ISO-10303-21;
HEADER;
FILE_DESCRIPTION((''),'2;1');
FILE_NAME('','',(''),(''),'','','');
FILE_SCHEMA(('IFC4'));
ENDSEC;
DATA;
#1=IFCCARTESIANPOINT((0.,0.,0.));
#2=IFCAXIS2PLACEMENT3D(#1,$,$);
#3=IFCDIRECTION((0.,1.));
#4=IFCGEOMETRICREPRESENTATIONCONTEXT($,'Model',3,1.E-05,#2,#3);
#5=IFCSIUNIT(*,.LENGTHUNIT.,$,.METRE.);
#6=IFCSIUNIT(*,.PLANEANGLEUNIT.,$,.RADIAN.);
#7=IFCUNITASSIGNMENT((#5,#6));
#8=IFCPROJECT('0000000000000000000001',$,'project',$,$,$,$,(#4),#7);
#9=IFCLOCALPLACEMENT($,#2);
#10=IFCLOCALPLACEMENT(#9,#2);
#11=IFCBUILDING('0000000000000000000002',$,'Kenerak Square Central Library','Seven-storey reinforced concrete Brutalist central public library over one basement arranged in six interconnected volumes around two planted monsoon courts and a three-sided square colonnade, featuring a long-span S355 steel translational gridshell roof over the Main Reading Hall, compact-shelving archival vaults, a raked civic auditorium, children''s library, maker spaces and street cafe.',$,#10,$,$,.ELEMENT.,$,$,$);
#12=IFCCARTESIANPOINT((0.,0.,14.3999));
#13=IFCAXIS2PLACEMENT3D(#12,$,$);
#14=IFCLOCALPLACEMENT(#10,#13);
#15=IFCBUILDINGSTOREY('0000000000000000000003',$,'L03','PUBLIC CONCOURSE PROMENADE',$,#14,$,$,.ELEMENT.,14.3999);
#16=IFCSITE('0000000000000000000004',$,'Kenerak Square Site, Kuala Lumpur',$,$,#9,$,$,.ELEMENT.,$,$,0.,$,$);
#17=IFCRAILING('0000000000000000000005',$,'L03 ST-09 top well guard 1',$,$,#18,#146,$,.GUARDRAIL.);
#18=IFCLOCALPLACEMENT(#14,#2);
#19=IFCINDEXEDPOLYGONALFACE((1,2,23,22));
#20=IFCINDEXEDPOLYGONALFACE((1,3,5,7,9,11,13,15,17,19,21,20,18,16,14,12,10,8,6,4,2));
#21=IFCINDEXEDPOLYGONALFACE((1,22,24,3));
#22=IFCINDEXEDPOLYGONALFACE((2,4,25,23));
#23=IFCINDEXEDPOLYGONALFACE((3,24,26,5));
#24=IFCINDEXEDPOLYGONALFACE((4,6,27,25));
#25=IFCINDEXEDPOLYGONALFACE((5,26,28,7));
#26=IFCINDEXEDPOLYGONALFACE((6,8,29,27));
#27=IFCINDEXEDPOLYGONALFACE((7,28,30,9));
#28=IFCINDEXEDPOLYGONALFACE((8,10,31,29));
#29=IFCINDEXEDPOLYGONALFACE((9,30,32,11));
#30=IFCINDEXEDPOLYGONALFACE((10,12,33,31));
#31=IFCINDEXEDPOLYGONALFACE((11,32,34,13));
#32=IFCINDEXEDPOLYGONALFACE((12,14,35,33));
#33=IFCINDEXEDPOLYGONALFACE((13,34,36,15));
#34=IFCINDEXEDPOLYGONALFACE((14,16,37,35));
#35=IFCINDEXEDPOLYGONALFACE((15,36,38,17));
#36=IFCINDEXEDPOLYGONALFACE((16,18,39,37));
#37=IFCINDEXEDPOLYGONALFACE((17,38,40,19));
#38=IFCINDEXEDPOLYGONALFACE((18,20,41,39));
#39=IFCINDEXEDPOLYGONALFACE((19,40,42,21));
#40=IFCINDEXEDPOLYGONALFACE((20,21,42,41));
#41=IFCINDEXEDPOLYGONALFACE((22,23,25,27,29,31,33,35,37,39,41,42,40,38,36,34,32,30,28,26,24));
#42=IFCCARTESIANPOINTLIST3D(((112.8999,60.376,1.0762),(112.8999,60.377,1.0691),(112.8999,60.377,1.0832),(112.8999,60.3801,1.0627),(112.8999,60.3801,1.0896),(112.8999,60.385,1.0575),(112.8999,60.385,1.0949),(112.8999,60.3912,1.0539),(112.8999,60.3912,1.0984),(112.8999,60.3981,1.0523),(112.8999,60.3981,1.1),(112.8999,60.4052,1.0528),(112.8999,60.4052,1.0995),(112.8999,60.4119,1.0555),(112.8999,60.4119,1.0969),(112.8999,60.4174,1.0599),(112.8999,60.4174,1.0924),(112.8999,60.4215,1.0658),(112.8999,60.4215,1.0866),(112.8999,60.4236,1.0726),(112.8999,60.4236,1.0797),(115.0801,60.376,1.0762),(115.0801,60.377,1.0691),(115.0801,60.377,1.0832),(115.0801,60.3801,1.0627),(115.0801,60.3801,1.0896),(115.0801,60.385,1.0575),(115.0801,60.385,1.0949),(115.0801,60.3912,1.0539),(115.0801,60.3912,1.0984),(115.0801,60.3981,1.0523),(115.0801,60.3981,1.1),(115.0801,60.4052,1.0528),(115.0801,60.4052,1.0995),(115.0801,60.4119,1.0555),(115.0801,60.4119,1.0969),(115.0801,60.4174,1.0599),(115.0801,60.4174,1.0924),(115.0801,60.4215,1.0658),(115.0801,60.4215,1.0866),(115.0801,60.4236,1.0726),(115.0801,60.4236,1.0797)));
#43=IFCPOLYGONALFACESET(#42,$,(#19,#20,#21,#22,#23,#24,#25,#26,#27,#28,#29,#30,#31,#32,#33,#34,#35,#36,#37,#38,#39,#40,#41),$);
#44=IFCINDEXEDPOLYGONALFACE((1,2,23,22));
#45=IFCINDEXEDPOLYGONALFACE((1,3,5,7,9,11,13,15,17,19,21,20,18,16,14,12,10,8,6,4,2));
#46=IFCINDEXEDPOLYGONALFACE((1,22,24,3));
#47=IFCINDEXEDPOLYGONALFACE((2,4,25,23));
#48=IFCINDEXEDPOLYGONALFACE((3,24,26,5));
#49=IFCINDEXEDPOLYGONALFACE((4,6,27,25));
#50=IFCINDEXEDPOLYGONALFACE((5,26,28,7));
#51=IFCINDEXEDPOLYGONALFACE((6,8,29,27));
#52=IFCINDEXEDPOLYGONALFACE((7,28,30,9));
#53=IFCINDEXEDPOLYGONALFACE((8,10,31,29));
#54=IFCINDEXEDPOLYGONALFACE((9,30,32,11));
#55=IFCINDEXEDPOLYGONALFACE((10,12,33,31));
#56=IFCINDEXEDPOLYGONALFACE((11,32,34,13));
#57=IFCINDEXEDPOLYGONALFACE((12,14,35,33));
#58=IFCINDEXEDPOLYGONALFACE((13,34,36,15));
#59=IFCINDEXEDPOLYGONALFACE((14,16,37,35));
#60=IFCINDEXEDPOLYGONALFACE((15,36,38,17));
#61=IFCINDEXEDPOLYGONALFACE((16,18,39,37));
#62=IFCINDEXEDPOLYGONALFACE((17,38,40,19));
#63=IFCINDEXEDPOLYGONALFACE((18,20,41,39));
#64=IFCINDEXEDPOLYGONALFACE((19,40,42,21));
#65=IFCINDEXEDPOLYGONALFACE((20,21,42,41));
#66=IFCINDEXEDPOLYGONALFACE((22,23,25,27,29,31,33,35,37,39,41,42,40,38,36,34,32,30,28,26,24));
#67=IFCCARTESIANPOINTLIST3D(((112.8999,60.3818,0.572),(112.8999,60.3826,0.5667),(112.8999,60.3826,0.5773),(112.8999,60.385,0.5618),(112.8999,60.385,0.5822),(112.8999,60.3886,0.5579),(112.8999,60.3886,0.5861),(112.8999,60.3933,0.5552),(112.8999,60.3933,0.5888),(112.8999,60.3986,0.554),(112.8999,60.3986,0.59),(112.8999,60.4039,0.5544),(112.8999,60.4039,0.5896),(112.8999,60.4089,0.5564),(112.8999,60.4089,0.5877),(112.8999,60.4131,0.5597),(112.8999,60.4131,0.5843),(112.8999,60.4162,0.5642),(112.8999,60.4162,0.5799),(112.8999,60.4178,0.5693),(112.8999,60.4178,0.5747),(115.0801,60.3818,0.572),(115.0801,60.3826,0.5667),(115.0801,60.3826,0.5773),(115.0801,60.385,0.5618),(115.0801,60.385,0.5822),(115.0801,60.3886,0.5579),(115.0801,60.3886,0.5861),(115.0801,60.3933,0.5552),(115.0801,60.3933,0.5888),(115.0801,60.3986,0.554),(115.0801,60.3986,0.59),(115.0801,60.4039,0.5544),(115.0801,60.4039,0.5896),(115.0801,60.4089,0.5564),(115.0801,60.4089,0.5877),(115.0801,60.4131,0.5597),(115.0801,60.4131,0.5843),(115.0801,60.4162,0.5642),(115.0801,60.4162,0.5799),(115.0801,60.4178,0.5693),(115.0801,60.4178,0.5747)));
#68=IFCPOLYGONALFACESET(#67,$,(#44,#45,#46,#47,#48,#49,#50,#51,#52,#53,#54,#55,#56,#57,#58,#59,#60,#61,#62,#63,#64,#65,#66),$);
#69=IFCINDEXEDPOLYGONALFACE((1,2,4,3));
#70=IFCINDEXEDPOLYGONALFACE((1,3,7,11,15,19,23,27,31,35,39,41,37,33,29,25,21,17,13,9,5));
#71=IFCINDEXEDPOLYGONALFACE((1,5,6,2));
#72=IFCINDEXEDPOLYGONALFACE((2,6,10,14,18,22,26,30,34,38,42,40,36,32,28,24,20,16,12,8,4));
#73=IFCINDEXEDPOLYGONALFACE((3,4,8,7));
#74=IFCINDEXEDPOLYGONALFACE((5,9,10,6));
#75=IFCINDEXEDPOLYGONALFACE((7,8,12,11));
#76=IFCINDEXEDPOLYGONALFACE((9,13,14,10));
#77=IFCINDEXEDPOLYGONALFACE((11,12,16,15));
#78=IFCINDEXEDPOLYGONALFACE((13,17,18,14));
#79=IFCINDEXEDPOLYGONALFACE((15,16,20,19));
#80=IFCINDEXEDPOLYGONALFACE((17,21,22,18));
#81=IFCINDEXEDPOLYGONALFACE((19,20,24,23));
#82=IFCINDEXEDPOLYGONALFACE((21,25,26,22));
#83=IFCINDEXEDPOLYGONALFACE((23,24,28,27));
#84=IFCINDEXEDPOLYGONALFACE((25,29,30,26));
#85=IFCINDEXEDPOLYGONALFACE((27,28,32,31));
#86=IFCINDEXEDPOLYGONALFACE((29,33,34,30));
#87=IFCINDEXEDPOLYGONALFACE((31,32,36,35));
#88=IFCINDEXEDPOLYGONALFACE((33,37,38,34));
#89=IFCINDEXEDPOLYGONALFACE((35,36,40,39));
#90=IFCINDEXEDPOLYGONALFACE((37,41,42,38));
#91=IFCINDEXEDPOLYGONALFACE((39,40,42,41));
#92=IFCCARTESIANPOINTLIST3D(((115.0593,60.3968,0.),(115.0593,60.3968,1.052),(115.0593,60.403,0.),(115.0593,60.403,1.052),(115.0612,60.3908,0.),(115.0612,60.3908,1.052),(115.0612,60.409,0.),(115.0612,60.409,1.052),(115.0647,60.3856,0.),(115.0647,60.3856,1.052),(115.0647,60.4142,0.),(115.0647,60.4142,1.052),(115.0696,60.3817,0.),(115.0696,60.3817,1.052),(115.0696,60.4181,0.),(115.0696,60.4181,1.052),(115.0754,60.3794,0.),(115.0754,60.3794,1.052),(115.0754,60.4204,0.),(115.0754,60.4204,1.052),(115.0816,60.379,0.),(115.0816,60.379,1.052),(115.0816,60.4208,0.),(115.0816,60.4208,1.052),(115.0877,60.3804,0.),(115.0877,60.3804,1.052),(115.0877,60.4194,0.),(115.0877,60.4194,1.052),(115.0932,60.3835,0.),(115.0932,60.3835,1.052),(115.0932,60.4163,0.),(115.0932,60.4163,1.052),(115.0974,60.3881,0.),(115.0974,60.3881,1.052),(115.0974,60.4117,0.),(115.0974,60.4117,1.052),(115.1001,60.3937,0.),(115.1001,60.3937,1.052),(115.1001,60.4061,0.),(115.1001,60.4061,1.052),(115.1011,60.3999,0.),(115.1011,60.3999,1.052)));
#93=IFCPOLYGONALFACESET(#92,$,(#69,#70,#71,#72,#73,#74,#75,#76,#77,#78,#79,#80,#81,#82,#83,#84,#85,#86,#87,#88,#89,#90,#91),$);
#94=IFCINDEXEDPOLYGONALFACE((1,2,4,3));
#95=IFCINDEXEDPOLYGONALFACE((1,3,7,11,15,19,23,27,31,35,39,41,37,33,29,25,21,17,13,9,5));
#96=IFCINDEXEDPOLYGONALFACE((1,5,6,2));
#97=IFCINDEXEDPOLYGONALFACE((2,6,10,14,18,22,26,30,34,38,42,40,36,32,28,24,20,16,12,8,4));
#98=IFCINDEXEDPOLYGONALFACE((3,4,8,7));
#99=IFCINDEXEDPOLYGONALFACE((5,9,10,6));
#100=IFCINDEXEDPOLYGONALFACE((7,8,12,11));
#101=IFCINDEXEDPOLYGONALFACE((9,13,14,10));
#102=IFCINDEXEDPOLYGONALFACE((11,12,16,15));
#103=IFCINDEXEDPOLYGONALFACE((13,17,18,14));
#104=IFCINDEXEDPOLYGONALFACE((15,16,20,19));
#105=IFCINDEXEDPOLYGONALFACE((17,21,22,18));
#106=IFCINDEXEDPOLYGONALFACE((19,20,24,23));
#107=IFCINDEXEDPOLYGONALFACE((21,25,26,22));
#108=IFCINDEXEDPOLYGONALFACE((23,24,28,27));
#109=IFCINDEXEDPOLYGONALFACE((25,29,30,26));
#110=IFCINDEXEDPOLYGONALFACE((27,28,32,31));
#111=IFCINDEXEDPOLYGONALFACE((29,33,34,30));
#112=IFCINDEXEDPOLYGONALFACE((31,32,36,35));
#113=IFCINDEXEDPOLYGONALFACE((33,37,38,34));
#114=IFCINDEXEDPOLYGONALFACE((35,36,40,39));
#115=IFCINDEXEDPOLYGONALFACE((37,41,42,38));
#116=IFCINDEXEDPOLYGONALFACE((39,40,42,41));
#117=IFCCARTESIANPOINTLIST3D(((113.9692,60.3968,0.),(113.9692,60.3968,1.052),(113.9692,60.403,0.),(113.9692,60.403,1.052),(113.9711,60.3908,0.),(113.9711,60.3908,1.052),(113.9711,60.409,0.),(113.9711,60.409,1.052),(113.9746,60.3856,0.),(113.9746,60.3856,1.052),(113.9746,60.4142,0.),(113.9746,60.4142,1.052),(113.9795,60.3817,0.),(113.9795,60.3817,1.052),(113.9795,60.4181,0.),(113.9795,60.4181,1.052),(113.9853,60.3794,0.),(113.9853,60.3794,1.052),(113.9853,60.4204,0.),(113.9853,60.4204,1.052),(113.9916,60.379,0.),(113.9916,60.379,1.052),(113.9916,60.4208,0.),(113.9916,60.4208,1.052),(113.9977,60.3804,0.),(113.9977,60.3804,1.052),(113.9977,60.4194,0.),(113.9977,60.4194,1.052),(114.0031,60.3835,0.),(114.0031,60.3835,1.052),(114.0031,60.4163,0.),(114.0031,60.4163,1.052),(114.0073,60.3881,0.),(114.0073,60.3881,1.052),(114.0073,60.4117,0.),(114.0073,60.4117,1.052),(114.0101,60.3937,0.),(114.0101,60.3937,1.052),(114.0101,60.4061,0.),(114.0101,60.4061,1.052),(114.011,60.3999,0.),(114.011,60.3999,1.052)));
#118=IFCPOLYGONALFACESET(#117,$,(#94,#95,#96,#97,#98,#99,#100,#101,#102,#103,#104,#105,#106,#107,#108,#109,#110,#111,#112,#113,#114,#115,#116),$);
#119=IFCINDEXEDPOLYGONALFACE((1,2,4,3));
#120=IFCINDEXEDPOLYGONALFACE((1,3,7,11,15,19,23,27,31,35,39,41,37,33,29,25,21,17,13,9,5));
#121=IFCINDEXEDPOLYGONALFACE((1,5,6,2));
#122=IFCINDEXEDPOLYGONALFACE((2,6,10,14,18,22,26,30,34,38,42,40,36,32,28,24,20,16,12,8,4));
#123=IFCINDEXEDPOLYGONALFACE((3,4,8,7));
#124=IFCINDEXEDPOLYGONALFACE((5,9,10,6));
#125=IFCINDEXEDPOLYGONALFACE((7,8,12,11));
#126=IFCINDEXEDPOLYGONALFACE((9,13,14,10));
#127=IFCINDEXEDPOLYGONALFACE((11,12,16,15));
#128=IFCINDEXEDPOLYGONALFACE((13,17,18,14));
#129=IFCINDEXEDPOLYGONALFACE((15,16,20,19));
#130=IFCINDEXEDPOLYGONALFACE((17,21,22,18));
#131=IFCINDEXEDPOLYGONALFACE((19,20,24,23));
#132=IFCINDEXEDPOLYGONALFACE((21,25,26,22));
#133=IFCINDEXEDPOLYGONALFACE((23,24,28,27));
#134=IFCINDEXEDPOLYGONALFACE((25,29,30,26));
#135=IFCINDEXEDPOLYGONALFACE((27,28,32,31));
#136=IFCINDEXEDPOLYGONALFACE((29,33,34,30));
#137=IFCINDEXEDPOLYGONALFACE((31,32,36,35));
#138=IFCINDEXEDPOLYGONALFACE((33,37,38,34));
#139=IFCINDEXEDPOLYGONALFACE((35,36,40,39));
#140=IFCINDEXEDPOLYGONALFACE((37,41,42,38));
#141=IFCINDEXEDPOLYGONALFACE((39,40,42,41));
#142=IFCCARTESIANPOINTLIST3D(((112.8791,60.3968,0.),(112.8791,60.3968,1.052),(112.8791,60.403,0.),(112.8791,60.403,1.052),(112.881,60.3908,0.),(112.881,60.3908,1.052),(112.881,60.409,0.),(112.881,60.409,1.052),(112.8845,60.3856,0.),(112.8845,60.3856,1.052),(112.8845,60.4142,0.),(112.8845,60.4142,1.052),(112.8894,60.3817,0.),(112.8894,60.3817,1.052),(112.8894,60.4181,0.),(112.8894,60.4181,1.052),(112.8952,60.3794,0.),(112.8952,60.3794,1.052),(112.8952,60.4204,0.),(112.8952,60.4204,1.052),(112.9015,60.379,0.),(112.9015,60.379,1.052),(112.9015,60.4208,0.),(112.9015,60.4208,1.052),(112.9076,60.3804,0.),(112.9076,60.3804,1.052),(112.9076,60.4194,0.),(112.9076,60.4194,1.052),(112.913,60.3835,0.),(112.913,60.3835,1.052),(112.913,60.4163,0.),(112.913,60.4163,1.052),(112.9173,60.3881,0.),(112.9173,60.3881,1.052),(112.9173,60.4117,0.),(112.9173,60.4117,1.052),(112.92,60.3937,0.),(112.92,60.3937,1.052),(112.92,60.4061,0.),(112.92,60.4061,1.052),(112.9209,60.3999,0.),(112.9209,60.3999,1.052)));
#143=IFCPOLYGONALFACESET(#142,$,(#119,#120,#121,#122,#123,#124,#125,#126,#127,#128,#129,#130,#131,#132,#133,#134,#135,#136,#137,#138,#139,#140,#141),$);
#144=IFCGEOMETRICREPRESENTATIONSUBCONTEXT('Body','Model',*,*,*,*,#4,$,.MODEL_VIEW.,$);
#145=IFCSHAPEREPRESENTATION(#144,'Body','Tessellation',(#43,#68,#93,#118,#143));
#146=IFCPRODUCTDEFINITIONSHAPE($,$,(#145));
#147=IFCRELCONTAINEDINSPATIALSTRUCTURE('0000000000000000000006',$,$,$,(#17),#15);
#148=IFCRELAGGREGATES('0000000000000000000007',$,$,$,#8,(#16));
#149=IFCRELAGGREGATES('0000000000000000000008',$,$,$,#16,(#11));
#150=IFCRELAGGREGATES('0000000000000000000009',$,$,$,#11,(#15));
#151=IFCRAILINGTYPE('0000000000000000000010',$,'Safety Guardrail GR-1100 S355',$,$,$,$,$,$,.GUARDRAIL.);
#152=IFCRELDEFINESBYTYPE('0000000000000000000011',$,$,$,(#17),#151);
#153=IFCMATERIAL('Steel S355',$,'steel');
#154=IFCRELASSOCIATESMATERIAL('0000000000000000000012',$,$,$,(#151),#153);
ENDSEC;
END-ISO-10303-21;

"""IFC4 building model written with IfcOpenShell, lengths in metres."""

from ifc_helpers import new_model, si_unit, direction, frame, origin, origin_2d, place, context, subcontext, project, spatial, circle, extrude, material, type_object, element, save


model = new_model("IFC4")

# Units and contexts
model_context = context("Model", 3, precision=1e-05, world=origin(), true_north=direction((0.0, 1.0)))
body_context = subcontext(model_context, "Body", "Model", "MODEL_VIEW")
ifc_project = project(units=[si_unit("LENGTHUNIT", "METRE"), si_unit("PLANEANGLEUNIT", "RADIAN")], contexts=[model_context])

# Site, building, storey
site_placement = place(None, origin())
site = spatial("IfcSite", under=ifc_project, at=site_placement, Name="Kenerak Square Site, Kuala Lumpur", CompositionType="ELEMENT", RefElevation=0.0)
building_placement = place(site_placement, origin())
building = spatial("IfcBuilding", under=site, at=building_placement, Name="Kenerak Square Central Library", Description="Seven-storey reinforced concrete Brutalist central public library over one basement arranged in six interconnected volumes around two planted monsoon courts and a three-sided square colonnade, featuring a long-span S355 steel translational gridshell roof over the Main Reading Hall, compact-shelving archival vaults, a raked civic auditorium, children's library, maker spaces and street cafe.", CompositionType="ELEMENT")
storey_placement = place(building_placement, frame((0.0, 0.0, 14.3999)))
storey = spatial("IfcBuildingStorey", under=building, at=storey_placement, Name="L03", Description="PUBLIC CONCOURSE PROMENADE", CompositionType="ELEMENT", Elevation=14.3999)

# Railing
ifc_material_1 = material(Name="Steel S355", Category="steel")
railing_type = type_object("IfcRailingType", Name="Safety Guardrail GR-1100 S355", PredefinedType="GUARDRAIL", material=ifc_material_1)
railing_1_placement = place(storey_placement, frame((115.0801, 60.3999, 0.0)))
element("IfcRailing", 1, at=railing_1_placement, inside=storey, type_object=railing_type, Name="L03 ST-09 top well guard 1", PredefinedType="GUARDRAIL", context=body_context, shape_type="SweptSolid", body=[
    extrude(circle(Radius=0.0239, at=origin_2d()), frame((0.0, 0.0, 1.0762), z_axis=(-1.0, 0.0, 0.0), x_axis=(0.0, -1.0, 0.0)), (0.0, 0.0, 1.0), 2.1802),
    extrude(circle(Radius=0.0181, at=origin_2d()), frame((0.0, 0.0, 0.572), z_axis=(-1.0, 0.0, 0.0), x_axis=(0.0, -1.0, 0.0)), (0.0, 0.0, 1.0), 2.1802),
    extrude(circle(Radius=0.021, at=origin_2d()), origin(), (0.0, 0.0, 1.0), 1.052),
    extrude(circle(Radius=0.021, at=origin_2d()), frame((-1.0901, 0.0, 0.0)), (0.0, 0.0, 1.0), 1.052),
    extrude(circle(Radius=0.021, at=origin_2d()), frame((-2.1802, 0.0, 0.0)), (0.0, 0.0, 1.0), 1.052),
])

save(model, "model.ifc")
